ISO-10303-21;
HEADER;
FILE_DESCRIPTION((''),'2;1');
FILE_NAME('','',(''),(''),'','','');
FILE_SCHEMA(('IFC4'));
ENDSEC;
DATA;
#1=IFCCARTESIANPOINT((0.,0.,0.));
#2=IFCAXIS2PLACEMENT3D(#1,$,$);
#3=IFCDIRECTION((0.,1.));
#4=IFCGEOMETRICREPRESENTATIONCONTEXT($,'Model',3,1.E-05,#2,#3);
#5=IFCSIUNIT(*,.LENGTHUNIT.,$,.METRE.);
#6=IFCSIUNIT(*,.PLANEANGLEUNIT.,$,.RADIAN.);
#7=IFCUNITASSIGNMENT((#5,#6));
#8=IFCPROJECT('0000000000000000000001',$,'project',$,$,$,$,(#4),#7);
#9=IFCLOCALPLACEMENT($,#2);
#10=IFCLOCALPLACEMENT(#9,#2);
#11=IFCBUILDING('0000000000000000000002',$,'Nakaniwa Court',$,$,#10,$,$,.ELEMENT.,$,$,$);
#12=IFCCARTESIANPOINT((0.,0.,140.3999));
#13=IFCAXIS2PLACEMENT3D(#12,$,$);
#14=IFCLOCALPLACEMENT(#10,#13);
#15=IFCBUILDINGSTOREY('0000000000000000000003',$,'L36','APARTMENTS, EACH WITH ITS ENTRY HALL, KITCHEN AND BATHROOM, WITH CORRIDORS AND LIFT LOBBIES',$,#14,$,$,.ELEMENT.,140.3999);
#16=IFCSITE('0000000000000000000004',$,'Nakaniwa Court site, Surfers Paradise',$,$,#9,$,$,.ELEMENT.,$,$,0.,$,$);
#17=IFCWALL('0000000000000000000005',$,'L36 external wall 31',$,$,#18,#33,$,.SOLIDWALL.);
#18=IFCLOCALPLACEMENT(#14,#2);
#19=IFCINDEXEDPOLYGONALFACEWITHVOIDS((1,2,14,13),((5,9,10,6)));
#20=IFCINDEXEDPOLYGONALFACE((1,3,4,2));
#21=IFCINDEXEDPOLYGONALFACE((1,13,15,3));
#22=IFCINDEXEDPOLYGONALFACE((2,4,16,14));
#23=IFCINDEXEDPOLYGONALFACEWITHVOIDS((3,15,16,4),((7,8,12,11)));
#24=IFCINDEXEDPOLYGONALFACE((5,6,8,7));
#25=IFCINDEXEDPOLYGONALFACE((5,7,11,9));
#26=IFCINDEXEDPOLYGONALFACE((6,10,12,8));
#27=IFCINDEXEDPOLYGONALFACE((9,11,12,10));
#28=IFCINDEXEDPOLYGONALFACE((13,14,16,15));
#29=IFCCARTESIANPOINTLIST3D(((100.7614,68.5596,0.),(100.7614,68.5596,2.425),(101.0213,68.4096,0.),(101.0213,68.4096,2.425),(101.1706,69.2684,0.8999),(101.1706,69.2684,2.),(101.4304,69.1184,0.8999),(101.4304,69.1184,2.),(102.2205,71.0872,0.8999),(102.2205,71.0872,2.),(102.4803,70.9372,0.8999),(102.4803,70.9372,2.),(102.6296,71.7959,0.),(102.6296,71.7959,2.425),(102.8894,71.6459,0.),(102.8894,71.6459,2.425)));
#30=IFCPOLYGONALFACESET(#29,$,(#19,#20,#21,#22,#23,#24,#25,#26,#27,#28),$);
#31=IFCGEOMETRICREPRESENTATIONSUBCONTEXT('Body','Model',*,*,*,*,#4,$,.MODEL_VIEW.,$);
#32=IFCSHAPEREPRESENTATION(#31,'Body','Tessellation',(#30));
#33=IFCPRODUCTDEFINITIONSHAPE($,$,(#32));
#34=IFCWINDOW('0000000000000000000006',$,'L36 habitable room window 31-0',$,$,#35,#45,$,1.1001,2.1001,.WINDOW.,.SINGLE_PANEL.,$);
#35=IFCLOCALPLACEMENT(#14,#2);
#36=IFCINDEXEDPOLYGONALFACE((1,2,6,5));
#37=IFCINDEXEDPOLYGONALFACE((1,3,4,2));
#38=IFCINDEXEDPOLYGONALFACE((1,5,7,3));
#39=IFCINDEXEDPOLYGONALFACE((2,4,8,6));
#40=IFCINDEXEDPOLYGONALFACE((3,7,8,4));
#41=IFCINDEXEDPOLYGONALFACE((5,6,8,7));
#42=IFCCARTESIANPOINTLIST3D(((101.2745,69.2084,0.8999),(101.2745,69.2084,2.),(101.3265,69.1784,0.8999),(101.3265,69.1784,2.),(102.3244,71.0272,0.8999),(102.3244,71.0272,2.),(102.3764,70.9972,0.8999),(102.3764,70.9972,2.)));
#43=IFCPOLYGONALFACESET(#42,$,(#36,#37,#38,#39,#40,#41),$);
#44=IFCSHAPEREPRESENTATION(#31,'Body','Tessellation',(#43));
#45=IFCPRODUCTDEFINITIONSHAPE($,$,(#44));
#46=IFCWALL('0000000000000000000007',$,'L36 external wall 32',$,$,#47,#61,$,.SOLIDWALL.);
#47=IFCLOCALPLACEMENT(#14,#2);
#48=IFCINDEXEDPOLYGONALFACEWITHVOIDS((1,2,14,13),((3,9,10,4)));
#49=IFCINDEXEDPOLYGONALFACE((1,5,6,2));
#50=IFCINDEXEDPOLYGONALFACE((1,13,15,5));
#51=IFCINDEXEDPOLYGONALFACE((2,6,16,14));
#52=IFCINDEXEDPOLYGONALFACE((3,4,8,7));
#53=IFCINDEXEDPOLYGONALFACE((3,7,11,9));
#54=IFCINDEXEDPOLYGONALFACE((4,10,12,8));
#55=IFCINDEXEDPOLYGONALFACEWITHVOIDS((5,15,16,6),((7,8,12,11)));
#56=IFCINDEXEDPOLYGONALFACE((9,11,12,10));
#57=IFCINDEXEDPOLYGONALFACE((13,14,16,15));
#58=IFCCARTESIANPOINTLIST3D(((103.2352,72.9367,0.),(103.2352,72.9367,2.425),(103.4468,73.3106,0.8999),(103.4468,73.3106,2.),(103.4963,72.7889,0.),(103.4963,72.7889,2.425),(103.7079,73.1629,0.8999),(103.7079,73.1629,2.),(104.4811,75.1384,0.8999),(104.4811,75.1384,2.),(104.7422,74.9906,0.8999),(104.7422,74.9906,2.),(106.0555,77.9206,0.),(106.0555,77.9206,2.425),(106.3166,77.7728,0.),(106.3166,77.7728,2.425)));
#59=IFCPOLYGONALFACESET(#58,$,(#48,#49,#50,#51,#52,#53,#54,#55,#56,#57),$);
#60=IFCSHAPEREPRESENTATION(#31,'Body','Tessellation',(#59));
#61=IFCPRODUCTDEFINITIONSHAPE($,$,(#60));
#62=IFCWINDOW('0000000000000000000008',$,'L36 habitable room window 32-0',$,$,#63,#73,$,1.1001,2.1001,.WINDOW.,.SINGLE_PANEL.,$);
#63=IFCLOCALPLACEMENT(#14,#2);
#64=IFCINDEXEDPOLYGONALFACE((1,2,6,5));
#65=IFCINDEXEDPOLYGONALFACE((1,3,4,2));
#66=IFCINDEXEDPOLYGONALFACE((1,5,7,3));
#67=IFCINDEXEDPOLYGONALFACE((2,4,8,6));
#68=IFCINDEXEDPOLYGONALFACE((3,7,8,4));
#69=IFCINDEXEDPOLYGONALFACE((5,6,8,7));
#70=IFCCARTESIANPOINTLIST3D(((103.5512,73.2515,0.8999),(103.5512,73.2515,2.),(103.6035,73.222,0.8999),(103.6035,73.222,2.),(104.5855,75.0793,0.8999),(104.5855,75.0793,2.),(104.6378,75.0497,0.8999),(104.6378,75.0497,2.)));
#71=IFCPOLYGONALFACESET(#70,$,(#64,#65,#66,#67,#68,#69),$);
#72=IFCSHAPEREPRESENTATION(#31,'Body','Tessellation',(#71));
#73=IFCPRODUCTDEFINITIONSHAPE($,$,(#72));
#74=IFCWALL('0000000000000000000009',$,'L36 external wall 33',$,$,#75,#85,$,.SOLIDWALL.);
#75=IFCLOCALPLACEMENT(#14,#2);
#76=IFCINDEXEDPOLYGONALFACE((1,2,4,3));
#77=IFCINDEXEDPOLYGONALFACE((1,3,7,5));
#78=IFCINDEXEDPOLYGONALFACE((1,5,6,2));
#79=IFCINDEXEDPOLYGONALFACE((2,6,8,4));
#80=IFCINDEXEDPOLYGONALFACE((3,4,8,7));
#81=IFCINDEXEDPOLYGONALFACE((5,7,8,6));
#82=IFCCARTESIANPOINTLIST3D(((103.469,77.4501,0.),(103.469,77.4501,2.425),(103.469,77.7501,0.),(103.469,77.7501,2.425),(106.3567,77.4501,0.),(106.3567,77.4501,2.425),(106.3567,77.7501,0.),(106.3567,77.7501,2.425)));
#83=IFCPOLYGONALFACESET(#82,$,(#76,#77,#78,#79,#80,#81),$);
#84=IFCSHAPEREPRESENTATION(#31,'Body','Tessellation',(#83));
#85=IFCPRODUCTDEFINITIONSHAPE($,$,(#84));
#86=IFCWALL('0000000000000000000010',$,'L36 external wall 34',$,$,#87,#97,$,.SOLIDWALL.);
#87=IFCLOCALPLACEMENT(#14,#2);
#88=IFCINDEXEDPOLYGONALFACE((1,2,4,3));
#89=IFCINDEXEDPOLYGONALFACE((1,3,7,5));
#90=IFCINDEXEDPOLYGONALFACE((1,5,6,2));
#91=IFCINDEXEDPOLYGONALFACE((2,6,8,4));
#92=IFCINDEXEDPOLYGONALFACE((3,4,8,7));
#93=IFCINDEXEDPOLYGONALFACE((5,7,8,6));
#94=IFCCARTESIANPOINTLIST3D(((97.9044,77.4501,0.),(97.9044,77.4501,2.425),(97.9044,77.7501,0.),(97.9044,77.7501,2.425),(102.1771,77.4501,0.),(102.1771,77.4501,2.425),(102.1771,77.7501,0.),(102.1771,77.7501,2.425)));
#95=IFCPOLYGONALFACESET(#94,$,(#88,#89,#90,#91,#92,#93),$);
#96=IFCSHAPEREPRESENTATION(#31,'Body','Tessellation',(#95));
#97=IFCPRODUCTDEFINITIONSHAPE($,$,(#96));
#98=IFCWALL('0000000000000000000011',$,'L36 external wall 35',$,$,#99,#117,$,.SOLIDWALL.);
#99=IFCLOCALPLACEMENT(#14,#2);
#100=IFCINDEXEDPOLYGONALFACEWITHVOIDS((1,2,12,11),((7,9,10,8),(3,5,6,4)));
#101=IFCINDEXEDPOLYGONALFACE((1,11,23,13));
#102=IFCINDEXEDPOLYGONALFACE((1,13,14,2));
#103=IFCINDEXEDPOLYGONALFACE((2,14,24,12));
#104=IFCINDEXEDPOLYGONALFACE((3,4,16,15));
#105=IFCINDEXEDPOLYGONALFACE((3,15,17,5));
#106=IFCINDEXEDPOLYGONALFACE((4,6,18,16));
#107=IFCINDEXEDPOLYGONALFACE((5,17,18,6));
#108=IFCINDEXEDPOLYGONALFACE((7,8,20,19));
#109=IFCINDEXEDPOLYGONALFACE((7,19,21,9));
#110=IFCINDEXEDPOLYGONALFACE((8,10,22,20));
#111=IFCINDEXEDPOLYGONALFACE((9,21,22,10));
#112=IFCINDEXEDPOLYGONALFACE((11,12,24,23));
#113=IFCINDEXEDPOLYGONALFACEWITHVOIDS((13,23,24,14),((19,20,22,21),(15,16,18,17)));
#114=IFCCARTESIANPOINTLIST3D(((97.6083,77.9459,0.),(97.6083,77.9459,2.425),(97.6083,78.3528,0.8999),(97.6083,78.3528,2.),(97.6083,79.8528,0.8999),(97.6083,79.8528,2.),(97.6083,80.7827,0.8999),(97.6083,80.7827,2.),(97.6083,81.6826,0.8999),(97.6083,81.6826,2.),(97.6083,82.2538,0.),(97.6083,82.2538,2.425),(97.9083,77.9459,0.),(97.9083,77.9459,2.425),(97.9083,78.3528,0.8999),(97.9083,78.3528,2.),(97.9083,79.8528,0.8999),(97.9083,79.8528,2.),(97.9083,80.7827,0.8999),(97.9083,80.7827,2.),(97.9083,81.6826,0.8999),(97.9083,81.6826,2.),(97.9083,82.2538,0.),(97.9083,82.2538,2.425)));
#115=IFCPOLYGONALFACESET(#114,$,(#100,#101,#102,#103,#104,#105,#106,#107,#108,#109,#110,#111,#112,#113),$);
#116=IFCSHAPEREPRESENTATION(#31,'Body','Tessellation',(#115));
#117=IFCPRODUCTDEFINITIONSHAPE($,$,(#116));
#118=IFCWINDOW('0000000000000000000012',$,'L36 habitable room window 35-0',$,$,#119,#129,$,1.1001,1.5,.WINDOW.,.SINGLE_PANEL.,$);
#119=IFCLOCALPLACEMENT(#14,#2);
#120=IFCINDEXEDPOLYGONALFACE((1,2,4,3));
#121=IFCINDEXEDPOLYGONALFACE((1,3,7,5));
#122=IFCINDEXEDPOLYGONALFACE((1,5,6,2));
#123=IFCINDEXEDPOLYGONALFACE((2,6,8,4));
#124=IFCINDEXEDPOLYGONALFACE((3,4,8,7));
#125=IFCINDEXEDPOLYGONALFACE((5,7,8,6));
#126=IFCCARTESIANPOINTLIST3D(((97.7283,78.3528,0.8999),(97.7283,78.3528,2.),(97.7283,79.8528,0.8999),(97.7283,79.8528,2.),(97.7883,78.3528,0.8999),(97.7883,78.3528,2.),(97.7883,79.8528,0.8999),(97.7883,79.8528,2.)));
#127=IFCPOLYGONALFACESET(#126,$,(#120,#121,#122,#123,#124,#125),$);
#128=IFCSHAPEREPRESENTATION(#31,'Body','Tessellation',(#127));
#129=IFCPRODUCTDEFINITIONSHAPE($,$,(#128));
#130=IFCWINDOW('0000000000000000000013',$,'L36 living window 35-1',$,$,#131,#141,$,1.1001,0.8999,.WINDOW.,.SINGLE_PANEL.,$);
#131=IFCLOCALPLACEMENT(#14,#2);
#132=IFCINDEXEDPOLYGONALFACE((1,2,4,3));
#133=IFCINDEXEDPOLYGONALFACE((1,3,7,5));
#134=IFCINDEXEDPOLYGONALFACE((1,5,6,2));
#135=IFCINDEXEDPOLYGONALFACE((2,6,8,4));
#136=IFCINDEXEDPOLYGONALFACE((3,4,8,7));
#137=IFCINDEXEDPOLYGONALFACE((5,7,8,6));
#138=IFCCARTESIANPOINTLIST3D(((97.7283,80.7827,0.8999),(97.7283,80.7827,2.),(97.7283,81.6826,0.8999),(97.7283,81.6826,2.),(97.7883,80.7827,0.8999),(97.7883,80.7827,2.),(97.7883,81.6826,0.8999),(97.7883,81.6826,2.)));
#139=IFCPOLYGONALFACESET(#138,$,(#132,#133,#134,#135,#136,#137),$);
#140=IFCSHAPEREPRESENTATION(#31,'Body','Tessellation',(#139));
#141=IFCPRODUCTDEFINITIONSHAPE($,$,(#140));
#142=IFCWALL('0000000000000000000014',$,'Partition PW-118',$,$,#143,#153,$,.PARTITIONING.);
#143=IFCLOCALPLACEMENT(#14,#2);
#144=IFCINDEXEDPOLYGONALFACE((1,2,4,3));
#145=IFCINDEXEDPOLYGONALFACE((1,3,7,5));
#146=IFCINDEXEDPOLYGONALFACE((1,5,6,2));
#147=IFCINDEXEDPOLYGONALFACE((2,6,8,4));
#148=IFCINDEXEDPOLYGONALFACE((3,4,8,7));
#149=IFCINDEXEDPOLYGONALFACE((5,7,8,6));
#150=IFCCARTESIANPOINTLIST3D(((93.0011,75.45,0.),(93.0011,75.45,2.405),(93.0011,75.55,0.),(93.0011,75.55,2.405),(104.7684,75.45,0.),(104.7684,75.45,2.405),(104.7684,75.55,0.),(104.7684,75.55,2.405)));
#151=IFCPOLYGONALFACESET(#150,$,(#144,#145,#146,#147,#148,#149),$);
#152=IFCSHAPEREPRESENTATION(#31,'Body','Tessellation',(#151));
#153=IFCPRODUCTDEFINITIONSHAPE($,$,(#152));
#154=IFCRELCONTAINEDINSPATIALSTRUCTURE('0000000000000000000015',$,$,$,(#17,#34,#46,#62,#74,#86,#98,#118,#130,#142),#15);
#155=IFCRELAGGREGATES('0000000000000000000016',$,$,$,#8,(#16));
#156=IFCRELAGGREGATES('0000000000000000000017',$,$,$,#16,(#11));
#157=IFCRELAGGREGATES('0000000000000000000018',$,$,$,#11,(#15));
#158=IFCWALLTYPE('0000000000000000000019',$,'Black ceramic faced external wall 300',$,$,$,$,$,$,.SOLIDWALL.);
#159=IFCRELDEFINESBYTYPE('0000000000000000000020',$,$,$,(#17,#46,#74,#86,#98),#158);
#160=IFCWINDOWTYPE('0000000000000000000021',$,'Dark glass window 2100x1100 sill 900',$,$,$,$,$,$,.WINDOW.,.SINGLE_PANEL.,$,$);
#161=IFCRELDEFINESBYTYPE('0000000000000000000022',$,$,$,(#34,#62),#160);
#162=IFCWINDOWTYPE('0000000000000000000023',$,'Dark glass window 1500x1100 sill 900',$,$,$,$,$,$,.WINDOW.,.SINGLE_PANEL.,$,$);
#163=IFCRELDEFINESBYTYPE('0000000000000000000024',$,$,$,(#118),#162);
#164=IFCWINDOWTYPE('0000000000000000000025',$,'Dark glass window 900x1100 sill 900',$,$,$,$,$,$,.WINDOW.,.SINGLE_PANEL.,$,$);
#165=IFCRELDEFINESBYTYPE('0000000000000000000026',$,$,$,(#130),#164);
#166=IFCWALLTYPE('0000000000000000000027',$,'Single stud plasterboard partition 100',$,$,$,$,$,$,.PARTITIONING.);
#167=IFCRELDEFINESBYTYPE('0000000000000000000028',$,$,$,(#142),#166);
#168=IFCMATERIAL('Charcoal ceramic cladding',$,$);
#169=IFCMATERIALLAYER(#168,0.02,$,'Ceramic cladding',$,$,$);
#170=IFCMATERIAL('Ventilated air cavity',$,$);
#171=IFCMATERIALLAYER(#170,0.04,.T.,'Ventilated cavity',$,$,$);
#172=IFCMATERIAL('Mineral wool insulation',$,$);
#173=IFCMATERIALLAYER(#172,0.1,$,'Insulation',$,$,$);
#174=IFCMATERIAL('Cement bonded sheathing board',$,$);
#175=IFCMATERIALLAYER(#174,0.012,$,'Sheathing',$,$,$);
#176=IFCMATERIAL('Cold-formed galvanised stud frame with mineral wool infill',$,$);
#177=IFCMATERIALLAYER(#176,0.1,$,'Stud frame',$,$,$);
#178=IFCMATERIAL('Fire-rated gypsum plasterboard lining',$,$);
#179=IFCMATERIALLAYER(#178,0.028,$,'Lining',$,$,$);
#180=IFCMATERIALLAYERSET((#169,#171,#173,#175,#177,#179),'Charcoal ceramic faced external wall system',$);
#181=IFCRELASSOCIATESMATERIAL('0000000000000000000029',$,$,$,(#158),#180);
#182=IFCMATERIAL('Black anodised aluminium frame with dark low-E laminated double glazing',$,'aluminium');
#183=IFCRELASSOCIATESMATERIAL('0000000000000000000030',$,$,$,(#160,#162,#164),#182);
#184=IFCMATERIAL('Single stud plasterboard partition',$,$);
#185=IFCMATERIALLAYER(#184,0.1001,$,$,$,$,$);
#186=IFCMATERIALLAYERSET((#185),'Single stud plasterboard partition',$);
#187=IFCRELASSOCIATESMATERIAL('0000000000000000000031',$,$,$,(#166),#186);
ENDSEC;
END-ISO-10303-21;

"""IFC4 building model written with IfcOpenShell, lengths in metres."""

from ifc_helpers import new_model, si_unit, direction, frame, frame_2d, origin, place, context, subcontext, project, spatial, rectangle, extrude, material, layer, layer_set, type_object, element, fill, save


model = new_model("IFC4")

# Units and contexts
model_context = context("Model", 3, precision=1e-05, world=origin(), true_north=direction((0.0, 1.0)))
body_context = subcontext(model_context, "Body", "Model", "MODEL_VIEW")
ifc_project = project(units=[si_unit("LENGTHUNIT", "METRE"), si_unit("PLANEANGLEUNIT", "RADIAN")], contexts=[model_context])

# Site, building, storey
site_placement = place(None, origin())
site = spatial("IfcSite", under=ifc_project, at=site_placement, Name="Nakaniwa Court site, Surfers Paradise", CompositionType="ELEMENT", RefElevation=0.0)
building_placement = place(site_placement, origin())
building = spatial("IfcBuilding", under=site, at=building_placement, Name="Nakaniwa Court", CompositionType="ELEMENT")
storey_placement = place(building_placement, frame((0.0, 0.0, 140.3999)))
storey = spatial("IfcBuildingStorey", under=building, at=storey_placement, Name="L36", Description="APARTMENTS, EACH WITH ITS ENTRY HALL, KITCHEN AND BATHROOM, WITH CORRIDORS AND LIFT LOBBIES", CompositionType="ELEMENT", Elevation=140.3999)

# Walls, openings, windows
ifc_material_1 = material(Name="Charcoal ceramic cladding")
ifc_layer_1 = layer(ifc_material_1, 0.02, Name="Ceramic cladding")
ifc_material_2 = material(Name="Ventilated air cavity")
ifc_layer_2 = layer(ifc_material_2, 0.04, ventilated=True, Name="Ventilated cavity")
ifc_material_3 = material(Name="Mineral wool insulation")
ifc_layer_3 = layer(ifc_material_3, 0.1, Name="Insulation")
ifc_material_4 = material(Name="Cement bonded sheathing board")
ifc_layer_4 = layer(ifc_material_4, 0.012, Name="Sheathing")
ifc_material_5 = material(Name="Cold-formed galvanised stud frame with mineral wool infill")
ifc_layer_5 = layer(ifc_material_5, 0.1, Name="Stud frame")
ifc_material_6 = material(Name="Fire-rated gypsum plasterboard lining")
ifc_layer_6 = layer(ifc_material_6, 0.028, Name="Lining")
ifc_layer_set_1 = layer_set([ifc_layer_1, ifc_layer_2, ifc_layer_3, ifc_layer_4, ifc_layer_5, ifc_layer_6], Name="Charcoal ceramic faced external wall system")
wall_type_1 = type_object("IfcWallType", Name="Black ceramic faced external wall 300", PredefinedType="SOLIDWALL", material=ifc_layer_set_1)
wall_1_placement = place(storey_placement, frame((100.8914, 68.4846, 0.0), z_axis=(0.0, 0.0, 1.0), x_axis=(0.499934, 0.866064, 0.0)))
wall_1 = element("IfcWall", 1, at=wall_1_placement, inside=storey, type_object=wall_type_1, Name="L36 external wall 31", PredefinedType="SOLIDWALL", context=body_context, shape_type="SweptSolid", body=[
    extrude(rectangle(XDim=3.7368, YDim=0.3, at=frame_2d((1.8684, 0.0))), origin(), (0.0, 0.0, 1.0), 2.425),
])
opening_1_placement = place(wall_1_placement, frame((0.8184, 0.0, 0.8999)))
opening_1 = element("IfcOpeningElement", 2, at=opening_1_placement, cuts=wall_1, PredefinedType="OPENING", context=body_context, shape_type="SweptSolid", body=[
    extrude(rectangle(XDim=2.1001, YDim=1.1001, at=frame_2d((1.05, 0.55))), frame((0.0, 0.1599, 0.0), z_axis=(0.0, -1.0, 0.0), x_axis=(1.0, 0.0, 0.0)), (0.0, 0.0, 1.0), 0.3201),
])
ifc_material_7 = material(Name="Black anodised aluminium frame with dark low-E laminated double glazing", Category="aluminium")
window_type_1 = type_object("IfcWindowType", Name="Dark glass window 2100x1100 sill 900", PartitioningType="SINGLE_PANEL", PredefinedType="WINDOW", material=ifc_material_7)
window_1_placement = place(opening_1_placement, origin())
window_1 = element("IfcWindow", 3, at=window_1_placement, inside=storey, type_object=window_type_1, Name="L36 habitable room window 31-0", OverallHeight=1.1001, OverallWidth=2.1001, PartitioningType="SINGLE_PANEL", PredefinedType="WINDOW", context=body_context, shape_type="SweptSolid", body=[
    extrude(rectangle(XDim=2.1001, YDim=1.1001, at=frame_2d((1.05, 0.55))), frame((0.0, 0.03, 0.0), z_axis=(0.0, -1.0, 0.0), x_axis=(1.0, 0.0, 0.0)), (0.0, 0.0, 1.0), 0.0601),
])
fill(opening_1, window_1)
wall_2_placement = place(storey_placement, frame((103.3657, 72.8628, 0.0), z_axis=(0.0, 0.0, 1.0), x_axis=(0.492498, 0.870313, 0.0)))
wall_2 = element("IfcWall", 4, at=wall_2_placement, inside=storey, type_object=wall_type_1, Name="L36 external wall 32", PredefinedType="SOLIDWALL", context=body_context, shape_type="SweptSolid", body=[
    extrude(rectangle(XDim=5.7266, YDim=0.3, at=frame_2d((2.8633, 0.0))), origin(), (0.0, 0.0, 1.0), 2.425),
])
opening_2_placement = place(wall_2_placement, frame((0.4297, 0.0, 0.8999)))
opening_2 = element("IfcOpeningElement", 5, at=opening_2_placement, cuts=wall_2, PredefinedType="OPENING", context=body_context, shape_type="SweptSolid", body=[
    extrude(rectangle(XDim=2.1001, YDim=1.1001, at=frame_2d((1.05, 0.55))), frame((0.0, 0.1599, 0.0), z_axis=(0.0, -1.0, 0.0), x_axis=(1.0, 0.0, 0.0)), (0.0, 0.0, 1.0), 0.3201),
])
window_2_placement = place(opening_2_placement, origin())
window_2 = element("IfcWindow", 6, at=window_2_placement, inside=storey, type_object=window_type_1, Name="L36 habitable room window 32-0", OverallHeight=1.1001, OverallWidth=2.1001, PartitioningType="SINGLE_PANEL", PredefinedType="WINDOW", context=body_context, shape_type="SweptSolid", body=[
    extrude(rectangle(XDim=2.1001, YDim=1.1001, at=frame_2d((1.05, 0.55))), frame((0.0, 0.03, 0.0), z_axis=(0.0, -1.0, 0.0), x_axis=(1.0, 0.0, 0.0)), (0.0, 0.0, 1.0), 0.0601),
])
fill(opening_2, window_2)

# Walls
wall_3_placement = place(storey_placement, frame((106.3567, 77.6001, 0.0), z_axis=(0.0, 0.0, 1.0), x_axis=(-1.0, 0.0, 0.0)))
element("IfcWall", 7, at=wall_3_placement, inside=storey, type_object=wall_type_1, Name="L36 external wall 33", PredefinedType="SOLIDWALL", context=body_context, shape_type="SweptSolid", body=[
    extrude(rectangle(XDim=2.8877, YDim=0.3, at=frame_2d((1.4438, 0.0))), origin(), (0.0, 0.0, 1.0), 2.425),
])
wall_4_placement = place(storey_placement, frame((102.177, 77.6001, 0.0), z_axis=(0.0, 0.0, 1.0), x_axis=(-1.0, 0.0, 0.0)))
element("IfcWall", 8, at=wall_4_placement, inside=storey, type_object=wall_type_1, Name="L36 external wall 34", PredefinedType="SOLIDWALL", context=body_context, shape_type="SweptSolid", body=[
    extrude(rectangle(XDim=4.2727, YDim=0.3, at=frame_2d((2.1362, 0.0))), origin(), (0.0, 0.0, 1.0), 2.425),
])

# Wall, openings, windows
wall_5_placement = place(storey_placement, frame((97.7583, 77.946, 0.0), z_axis=(0.0, 0.0, 1.0), x_axis=(0.0, 1.0, 0.0)))
wall_5 = element("IfcWall", 9, at=wall_5_placement, inside=storey, type_object=wall_type_1, Name="L36 external wall 35", PredefinedType="SOLIDWALL", context=body_context, shape_type="SweptSolid", body=[
    extrude(rectangle(XDim=4.3079, YDim=0.3, at=frame_2d((2.1538, 0.0))), origin(), (0.0, 0.0, 1.0), 2.425),
])
opening_3_placement = place(wall_5_placement, frame((0.4067, 0.0, 0.8999)))
opening_3 = element("IfcOpeningElement", 10, at=opening_3_placement, cuts=wall_5, PredefinedType="OPENING", context=body_context, shape_type="SweptSolid", body=[
    extrude(rectangle(XDim=1.5, YDim=1.1001, at=frame_2d((0.75, 0.55))), frame((0.0, 0.1599, 0.0), z_axis=(0.0, -1.0, 0.0), x_axis=(1.0, 0.0, 0.0)), (0.0, 0.0, 1.0), 0.3201),
])
opening_4_placement = place(wall_5_placement, frame((2.8367, 0.0, 0.8999)))
opening_4 = element("IfcOpeningElement", 11, at=opening_4_placement, cuts=wall_5, PredefinedType="OPENING", context=body_context, shape_type="SweptSolid", body=[
    extrude(rectangle(XDim=0.8999, YDim=1.1001, at=frame_2d((0.45, 0.55))), frame((0.0, 0.1599, 0.0), z_axis=(0.0, -1.0, 0.0), x_axis=(1.0, 0.0, 0.0)), (0.0, 0.0, 1.0), 0.3201),
])
window_type_2 = type_object("IfcWindowType", Name="Dark glass window 1500x1100 sill 900", PartitioningType="SINGLE_PANEL", PredefinedType="WINDOW", material=ifc_material_7)
window_3_placement = place(opening_3_placement, origin())
window_3 = element("IfcWindow", 12, at=window_3_placement, inside=storey, type_object=window_type_2, Name="L36 habitable room window 35-0", OverallHeight=1.1001, OverallWidth=1.5, PartitioningType="SINGLE_PANEL", PredefinedType="WINDOW", context=body_context, shape_type="SweptSolid", body=[
    extrude(rectangle(XDim=1.5, YDim=1.1001, at=frame_2d((0.75, 0.55))), frame((0.0, 0.03, 0.0), z_axis=(0.0, -1.0, 0.0), x_axis=(1.0, 0.0, 0.0)), (0.0, 0.0, 1.0), 0.0601),
])
fill(opening_3, window_3)
window_type_3 = type_object("IfcWindowType", Name="Dark glass window 900x1100 sill 900", PartitioningType="SINGLE_PANEL", PredefinedType="WINDOW", material=ifc_material_7)
window_4_placement = place(opening_4_placement, origin())
window_4 = element("IfcWindow", 13, at=window_4_placement, inside=storey, type_object=window_type_3, Name="L36 living window 35-1", OverallHeight=1.1001, OverallWidth=0.8999, PartitioningType="SINGLE_PANEL", PredefinedType="WINDOW", context=body_context, shape_type="SweptSolid", body=[
    extrude(rectangle(XDim=0.8999, YDim=1.1001, at=frame_2d((0.45, 0.55))), frame((0.0, 0.03, 0.0), z_axis=(0.0, -1.0, 0.0), x_axis=(1.0, 0.0, 0.0)), (0.0, 0.0, 1.0), 0.0601),
])
fill(opening_4, window_4)

# Wall
ifc_material_8 = material(Name="Single stud plasterboard partition")
ifc_layer_7 = layer(ifc_material_8, 0.1001)
ifc_layer_set_2 = layer_set([ifc_layer_7], Name="Single stud plasterboard partition")
wall_type_2 = type_object("IfcWallType", Name="Single stud plasterboard partition 100", PredefinedType="PARTITIONING", material=ifc_layer_set_2)
wall_6_placement = place(storey_placement, frame((93.001, 75.5, 0.0), z_axis=(0.0, 0.0, 1.0), x_axis=(1.0, 0.0, 0.0)))
element("IfcWall", 14, at=wall_6_placement, inside=storey, type_object=wall_type_2, Name="Partition PW-118", PredefinedType="PARTITIONING", context=body_context, shape_type="SweptSolid", body=[
    extrude(rectangle(XDim=11.7673, YDim=0.1001, at=frame_2d((5.8838, 0.0))), origin(), (0.0, 0.0, 1.0), 2.405),
])

save(model, "model.ifc")
